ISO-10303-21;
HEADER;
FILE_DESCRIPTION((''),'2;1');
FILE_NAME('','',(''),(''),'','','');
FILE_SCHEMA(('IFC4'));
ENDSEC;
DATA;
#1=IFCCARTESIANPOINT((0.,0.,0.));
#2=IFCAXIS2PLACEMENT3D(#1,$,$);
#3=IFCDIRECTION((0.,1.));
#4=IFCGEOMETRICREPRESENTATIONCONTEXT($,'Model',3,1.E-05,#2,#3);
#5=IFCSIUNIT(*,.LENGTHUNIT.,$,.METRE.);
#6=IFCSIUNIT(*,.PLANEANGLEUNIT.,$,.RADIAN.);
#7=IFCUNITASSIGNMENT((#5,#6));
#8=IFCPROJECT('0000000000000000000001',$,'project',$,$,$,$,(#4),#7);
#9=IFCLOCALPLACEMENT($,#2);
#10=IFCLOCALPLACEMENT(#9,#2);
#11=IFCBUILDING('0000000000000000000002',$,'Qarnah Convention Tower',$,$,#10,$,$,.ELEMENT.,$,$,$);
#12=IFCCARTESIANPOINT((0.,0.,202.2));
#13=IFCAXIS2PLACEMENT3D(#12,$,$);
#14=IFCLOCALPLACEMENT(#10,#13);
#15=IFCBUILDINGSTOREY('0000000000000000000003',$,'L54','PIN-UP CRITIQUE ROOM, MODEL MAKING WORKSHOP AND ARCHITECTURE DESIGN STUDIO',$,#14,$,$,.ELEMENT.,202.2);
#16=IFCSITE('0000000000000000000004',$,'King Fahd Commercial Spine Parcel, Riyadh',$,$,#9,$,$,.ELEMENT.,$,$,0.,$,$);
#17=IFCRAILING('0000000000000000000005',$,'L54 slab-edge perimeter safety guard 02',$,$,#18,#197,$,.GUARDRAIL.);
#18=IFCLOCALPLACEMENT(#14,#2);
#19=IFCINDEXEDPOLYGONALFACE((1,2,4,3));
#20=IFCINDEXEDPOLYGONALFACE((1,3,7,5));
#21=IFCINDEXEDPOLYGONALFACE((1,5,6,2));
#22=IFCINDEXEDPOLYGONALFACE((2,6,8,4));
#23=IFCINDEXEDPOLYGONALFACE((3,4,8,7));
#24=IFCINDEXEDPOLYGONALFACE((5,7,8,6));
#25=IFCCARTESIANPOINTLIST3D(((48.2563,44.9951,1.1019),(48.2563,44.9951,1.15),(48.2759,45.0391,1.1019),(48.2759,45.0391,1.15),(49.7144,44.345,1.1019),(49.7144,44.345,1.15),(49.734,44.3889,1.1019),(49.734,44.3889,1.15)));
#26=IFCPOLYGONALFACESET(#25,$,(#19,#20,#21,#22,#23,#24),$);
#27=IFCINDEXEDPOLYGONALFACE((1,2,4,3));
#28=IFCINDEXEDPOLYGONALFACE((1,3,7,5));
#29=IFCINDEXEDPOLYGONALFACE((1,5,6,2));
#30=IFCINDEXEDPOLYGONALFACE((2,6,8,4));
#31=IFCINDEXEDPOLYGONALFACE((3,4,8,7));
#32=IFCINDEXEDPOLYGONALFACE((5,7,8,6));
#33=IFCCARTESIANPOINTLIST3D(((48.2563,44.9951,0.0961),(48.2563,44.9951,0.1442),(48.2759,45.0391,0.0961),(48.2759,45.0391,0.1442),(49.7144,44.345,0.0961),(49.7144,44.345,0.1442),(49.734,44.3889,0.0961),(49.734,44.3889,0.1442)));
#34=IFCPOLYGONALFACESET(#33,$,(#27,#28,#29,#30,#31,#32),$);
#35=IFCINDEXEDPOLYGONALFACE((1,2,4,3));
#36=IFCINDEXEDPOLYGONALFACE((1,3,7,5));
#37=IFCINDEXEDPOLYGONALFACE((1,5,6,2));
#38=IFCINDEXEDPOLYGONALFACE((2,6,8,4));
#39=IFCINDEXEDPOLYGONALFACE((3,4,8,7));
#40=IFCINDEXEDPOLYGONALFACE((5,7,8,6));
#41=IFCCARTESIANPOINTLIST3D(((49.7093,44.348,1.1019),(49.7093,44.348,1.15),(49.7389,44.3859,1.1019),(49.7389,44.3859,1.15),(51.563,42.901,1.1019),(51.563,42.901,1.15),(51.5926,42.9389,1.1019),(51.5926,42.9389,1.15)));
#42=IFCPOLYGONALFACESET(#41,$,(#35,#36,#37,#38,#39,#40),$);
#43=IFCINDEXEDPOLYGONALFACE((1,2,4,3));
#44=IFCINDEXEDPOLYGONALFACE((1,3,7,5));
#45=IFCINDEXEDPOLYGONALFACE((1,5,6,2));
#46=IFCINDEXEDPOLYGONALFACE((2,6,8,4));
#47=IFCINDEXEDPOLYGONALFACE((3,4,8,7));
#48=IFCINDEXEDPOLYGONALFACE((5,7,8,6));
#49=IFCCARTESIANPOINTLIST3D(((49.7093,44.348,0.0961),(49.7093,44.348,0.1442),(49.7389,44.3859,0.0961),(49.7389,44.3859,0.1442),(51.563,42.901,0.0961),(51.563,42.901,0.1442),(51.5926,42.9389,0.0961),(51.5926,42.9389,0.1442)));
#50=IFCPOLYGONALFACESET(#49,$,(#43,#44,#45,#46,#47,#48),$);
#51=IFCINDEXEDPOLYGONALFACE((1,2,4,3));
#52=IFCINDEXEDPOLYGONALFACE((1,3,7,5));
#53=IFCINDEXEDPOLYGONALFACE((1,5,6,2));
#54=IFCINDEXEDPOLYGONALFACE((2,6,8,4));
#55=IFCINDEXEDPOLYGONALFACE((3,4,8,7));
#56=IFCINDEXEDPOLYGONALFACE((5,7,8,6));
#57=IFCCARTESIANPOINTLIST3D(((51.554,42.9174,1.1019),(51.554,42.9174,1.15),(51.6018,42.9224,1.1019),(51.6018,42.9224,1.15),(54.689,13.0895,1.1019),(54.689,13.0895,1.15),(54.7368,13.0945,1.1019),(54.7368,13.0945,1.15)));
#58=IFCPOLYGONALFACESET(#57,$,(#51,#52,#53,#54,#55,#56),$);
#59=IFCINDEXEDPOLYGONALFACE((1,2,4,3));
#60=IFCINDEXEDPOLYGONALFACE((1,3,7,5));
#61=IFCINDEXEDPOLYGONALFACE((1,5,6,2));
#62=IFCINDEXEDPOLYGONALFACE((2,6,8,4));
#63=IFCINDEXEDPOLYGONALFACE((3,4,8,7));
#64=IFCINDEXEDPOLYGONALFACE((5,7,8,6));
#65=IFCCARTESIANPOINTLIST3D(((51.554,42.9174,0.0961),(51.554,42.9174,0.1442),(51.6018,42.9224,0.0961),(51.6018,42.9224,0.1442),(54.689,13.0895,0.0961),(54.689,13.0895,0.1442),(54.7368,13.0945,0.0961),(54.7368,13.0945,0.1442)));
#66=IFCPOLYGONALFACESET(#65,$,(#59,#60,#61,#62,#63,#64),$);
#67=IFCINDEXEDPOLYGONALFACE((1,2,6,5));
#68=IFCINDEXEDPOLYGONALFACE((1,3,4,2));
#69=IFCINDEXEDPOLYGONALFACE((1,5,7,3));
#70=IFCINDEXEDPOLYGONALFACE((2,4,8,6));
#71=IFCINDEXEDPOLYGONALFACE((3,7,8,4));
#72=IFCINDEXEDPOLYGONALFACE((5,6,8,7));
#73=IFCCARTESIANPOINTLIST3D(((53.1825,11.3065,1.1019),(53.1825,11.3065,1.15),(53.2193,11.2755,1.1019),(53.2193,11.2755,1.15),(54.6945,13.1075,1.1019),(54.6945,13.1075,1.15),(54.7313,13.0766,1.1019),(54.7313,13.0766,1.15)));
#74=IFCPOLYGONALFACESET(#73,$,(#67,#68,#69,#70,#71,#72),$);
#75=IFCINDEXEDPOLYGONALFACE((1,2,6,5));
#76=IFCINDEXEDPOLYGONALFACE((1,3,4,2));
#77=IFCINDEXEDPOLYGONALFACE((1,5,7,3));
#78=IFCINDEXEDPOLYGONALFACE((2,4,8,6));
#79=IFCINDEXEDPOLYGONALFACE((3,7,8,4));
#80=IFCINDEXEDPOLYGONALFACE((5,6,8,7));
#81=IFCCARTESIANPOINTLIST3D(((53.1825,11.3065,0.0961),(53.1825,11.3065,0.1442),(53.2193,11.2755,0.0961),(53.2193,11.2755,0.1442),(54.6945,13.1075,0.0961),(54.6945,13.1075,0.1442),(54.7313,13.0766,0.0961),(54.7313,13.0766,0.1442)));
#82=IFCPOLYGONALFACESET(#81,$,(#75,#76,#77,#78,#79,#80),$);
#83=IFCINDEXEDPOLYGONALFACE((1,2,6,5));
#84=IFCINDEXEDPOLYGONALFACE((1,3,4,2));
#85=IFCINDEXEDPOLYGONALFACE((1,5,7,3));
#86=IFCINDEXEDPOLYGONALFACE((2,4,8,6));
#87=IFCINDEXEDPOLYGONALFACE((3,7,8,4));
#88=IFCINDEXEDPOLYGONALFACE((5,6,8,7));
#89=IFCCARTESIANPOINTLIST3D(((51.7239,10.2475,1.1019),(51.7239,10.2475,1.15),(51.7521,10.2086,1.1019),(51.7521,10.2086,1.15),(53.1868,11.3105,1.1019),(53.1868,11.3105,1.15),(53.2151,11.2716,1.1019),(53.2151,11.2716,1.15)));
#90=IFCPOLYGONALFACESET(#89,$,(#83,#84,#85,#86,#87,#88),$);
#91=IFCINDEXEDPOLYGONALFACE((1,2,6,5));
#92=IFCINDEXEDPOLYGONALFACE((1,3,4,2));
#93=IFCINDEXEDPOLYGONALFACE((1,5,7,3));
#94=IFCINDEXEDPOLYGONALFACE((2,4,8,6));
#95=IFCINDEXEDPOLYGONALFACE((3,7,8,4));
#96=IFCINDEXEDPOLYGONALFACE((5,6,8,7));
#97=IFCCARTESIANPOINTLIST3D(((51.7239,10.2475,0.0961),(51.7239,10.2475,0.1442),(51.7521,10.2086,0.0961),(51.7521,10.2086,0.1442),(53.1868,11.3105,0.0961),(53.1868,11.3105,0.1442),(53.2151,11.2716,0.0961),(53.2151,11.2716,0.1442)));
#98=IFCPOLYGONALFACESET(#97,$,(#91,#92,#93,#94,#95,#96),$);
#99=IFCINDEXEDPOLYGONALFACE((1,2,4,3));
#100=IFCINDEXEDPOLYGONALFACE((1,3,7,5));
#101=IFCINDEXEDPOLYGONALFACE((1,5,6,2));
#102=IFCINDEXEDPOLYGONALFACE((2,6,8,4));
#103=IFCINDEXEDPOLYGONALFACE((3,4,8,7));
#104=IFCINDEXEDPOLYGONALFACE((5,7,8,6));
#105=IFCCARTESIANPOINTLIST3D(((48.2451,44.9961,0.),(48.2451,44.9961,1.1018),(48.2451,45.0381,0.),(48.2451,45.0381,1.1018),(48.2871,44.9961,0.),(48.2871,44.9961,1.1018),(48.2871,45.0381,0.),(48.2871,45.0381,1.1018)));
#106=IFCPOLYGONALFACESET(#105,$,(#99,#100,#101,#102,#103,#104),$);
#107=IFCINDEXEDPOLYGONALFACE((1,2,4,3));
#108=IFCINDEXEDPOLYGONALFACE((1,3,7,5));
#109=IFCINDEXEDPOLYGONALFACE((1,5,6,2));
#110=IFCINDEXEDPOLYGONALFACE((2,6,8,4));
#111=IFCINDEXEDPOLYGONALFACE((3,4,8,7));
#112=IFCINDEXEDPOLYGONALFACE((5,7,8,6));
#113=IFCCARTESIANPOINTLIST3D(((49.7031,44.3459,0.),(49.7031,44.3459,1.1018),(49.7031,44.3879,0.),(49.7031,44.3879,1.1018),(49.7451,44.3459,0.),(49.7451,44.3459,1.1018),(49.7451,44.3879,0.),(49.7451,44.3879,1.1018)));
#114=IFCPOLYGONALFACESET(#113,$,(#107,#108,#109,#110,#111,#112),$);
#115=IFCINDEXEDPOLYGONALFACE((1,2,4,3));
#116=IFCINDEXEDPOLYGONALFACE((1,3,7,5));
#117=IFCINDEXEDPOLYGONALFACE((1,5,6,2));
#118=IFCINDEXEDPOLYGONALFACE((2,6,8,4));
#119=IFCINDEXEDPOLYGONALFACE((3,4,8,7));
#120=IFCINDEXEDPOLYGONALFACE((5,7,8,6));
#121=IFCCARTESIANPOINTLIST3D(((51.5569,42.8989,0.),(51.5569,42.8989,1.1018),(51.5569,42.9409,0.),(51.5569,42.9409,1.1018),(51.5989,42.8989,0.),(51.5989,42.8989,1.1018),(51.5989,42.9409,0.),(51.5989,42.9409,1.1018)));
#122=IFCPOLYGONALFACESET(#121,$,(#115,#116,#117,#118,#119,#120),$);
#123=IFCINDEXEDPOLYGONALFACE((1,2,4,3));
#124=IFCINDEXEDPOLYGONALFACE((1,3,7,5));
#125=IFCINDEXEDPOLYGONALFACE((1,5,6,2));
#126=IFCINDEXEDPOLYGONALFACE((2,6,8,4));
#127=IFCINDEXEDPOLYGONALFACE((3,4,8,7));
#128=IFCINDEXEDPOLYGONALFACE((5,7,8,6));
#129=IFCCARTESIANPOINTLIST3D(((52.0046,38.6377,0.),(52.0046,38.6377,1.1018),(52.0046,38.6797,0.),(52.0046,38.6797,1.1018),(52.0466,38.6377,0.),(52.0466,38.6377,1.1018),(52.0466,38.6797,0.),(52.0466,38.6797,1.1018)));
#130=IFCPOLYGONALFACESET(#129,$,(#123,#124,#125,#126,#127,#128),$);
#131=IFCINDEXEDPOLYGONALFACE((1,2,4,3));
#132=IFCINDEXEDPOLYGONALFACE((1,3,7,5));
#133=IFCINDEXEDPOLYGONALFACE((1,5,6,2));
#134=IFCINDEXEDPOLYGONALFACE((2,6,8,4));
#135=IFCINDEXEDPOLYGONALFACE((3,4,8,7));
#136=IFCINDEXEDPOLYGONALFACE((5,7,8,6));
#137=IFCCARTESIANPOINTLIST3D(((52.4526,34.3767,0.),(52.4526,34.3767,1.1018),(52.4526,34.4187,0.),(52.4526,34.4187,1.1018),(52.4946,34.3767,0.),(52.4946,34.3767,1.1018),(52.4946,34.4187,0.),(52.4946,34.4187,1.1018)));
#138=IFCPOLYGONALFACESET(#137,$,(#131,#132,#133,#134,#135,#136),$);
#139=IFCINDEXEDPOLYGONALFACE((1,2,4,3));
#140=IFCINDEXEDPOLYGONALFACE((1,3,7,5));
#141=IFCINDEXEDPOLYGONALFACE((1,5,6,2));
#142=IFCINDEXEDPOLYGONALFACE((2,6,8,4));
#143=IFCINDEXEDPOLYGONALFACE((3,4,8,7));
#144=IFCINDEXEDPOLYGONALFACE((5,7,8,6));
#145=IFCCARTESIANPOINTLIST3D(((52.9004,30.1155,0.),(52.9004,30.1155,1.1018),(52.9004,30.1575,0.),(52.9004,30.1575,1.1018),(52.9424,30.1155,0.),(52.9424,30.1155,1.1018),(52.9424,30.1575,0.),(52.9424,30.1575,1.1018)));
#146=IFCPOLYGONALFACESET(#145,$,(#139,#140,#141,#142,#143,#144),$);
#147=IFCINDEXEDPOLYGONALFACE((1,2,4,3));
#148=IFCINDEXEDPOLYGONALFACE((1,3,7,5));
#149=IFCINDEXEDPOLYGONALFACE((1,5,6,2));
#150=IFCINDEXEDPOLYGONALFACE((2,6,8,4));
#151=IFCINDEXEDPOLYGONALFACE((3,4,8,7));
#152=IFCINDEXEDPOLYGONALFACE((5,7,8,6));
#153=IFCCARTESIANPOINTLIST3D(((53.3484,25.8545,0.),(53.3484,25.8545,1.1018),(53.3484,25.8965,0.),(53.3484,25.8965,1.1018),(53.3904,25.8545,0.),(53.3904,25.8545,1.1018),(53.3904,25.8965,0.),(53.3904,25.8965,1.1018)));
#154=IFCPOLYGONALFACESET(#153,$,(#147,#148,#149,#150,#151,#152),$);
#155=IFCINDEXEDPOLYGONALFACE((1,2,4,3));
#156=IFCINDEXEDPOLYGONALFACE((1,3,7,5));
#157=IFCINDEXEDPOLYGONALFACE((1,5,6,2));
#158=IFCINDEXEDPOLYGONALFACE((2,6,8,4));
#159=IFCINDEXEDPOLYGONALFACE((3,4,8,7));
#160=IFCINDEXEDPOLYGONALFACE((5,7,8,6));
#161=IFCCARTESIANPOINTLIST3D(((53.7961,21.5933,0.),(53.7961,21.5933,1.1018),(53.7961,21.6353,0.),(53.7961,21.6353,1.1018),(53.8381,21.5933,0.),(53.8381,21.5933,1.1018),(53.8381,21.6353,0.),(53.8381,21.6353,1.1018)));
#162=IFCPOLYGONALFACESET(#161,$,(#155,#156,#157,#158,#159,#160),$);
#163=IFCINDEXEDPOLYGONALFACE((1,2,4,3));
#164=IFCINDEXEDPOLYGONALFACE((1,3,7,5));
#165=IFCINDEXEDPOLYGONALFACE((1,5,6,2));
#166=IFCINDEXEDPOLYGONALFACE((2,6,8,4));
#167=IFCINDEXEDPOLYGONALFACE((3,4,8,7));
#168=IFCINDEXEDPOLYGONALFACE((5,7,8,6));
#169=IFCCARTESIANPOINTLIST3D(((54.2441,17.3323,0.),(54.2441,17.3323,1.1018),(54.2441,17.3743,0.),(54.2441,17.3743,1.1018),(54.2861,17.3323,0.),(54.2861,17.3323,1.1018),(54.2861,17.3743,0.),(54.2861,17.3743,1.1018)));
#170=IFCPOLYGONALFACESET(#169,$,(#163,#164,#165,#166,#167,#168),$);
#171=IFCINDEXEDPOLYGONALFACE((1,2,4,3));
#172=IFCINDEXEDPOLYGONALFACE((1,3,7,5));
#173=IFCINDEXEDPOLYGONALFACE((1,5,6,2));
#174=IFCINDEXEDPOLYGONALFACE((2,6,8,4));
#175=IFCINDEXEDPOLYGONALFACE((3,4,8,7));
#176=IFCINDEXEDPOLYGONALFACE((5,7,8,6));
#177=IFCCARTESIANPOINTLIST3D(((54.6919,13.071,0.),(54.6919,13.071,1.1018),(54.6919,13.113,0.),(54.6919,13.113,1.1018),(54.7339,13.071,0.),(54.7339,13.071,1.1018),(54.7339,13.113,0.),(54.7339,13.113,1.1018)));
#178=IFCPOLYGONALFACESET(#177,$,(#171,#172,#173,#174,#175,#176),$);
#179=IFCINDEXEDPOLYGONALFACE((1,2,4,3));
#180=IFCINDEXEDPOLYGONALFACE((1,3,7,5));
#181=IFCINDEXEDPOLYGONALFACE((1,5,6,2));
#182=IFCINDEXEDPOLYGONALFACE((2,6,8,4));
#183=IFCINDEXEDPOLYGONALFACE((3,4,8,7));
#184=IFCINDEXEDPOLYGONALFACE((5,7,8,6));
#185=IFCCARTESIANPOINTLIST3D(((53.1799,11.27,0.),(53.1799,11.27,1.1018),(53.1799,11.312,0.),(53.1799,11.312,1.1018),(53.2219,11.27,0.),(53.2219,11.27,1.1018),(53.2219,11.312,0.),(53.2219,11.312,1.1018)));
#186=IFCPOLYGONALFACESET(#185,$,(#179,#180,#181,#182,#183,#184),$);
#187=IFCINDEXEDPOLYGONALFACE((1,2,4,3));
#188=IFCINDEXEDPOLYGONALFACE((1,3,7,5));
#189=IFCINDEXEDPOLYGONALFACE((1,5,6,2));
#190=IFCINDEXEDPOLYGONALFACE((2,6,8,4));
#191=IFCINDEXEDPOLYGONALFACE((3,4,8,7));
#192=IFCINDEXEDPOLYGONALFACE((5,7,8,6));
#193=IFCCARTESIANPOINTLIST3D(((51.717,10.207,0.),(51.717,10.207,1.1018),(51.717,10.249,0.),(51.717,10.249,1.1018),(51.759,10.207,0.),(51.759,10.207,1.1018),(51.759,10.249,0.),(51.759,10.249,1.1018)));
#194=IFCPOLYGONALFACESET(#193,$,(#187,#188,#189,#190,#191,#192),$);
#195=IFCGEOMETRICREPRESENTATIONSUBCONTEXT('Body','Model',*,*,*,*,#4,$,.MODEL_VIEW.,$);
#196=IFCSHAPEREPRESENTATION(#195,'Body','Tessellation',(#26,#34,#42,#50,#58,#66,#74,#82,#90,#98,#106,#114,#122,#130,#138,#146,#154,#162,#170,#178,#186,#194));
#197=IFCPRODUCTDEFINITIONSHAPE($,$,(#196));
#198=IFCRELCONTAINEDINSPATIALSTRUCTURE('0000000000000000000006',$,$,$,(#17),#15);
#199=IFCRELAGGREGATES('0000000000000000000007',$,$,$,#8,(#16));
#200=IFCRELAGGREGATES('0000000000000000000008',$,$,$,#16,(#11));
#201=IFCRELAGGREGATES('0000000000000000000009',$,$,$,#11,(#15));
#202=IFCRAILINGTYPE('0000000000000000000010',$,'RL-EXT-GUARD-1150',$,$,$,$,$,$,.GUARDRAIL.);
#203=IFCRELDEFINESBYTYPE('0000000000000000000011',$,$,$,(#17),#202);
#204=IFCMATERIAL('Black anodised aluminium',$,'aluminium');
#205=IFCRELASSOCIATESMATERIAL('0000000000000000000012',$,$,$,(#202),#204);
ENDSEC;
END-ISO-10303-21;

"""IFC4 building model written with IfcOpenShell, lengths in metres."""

from ifc_helpers import new_model, si_unit, direction, frame, origin, origin_2d, place, context, subcontext, project, spatial, rectangle, extrude, material, type_object, element, save


model = new_model("IFC4")

# Units and contexts
model_context = context("Model", 3, precision=1e-05, world=origin(), true_north=direction((0.0, 1.0)))
body_context = subcontext(model_context, "Body", "Model", "MODEL_VIEW")
ifc_project = project(units=[si_unit("LENGTHUNIT", "METRE"), si_unit("PLANEANGLEUNIT", "RADIAN")], contexts=[model_context])

# Site, building, storey
site_placement = place(None, origin())
site = spatial("IfcSite", under=ifc_project, at=site_placement, Name="King Fahd Commercial Spine Parcel, Riyadh", CompositionType="ELEMENT", RefElevation=0.0)
building_placement = place(site_placement, origin())
building = spatial("IfcBuilding", under=site, at=building_placement, Name="Qarnah Convention Tower", CompositionType="ELEMENT")
storey_placement = place(building_placement, frame((0.0, 0.0, 202.2)))
storey = spatial("IfcBuildingStorey", under=building, at=storey_placement, Name="L54", Description="PIN-UP CRITIQUE ROOM, MODEL MAKING WORKSHOP AND ARCHITECTURE DESIGN STUDIO", CompositionType="ELEMENT", Elevation=202.2)

# Shared definitions
ifc_material_1 = material(Name="Black anodised aluminium", Category="aluminium")

# Railing
railing_type = type_object("IfcRailingType", Name="RL-EXT-GUARD-1150", PredefinedType="GUARDRAIL", material=ifc_material_1)
railing_1_placement = place(storey_placement, frame((48.2661, 45.0171, 0.0)))
element("IfcRailing", 1, at=railing_1_placement, inside=storey, type_object=railing_type, Name="L54 slab-edge perimeter safety guard 02", PredefinedType="GUARDRAIL", context=body_context, shape_type="SweptSolid", body=[
    extrude(rectangle(XDim=0.0481, YDim=0.0481, at=origin_2d()), frame((0.0, 0.0, 1.126), z_axis=(0.913313, -0.407259, 0.0), x_axis=(0.407259, 0.913313, 0.0)), (0.0, 0.0, 1.0), 1.5964),
    extrude(rectangle(XDim=0.0481, YDim=0.0481, at=origin_2d()), frame((0.0, 0.0, 0.1201), z_axis=(0.913313, -0.407259, 0.0), x_axis=(0.407259, 0.913313, 0.0)), (0.0, 0.0, 1.0), 1.5964),
    extrude(rectangle(XDim=0.0481, YDim=0.0481, at=origin_2d()), frame((1.458, -0.6501, 1.126), z_axis=(0.788278, -0.61532, 0.0), x_axis=(0.61532, 0.788278, 0.0)), (0.0, 0.0, 1.0), 2.3516),
    extrude(rectangle(XDim=0.0481, YDim=0.0481, at=origin_2d()), frame((1.458, -0.6501, 0.1201), z_axis=(0.788278, -0.61532, 0.0), x_axis=(0.61532, 0.788278, 0.0)), (0.0, 0.0, 1.0), 2.3516),
    extrude(rectangle(XDim=0.0481, YDim=0.0481, at=origin_2d()), frame((3.3118, -2.0972, 1.126), z_axis=(0.104528, -0.994522, 0.0), x_axis=(0.994522, 0.104528, 0.0)), (0.0, 0.0, 1.0), 29.9922),
    extrude(rectangle(XDim=0.0481, YDim=0.0481, at=origin_2d()), frame((3.3118, -2.0972, 0.1201), z_axis=(0.104528, -0.994522, 0.0), x_axis=(0.994522, 0.104528, 0.0)), (0.0, 0.0, 1.0), 29.9922),
    extrude(rectangle(XDim=0.0481, YDim=0.0481, at=origin_2d()), frame((6.4468, -31.925, 1.126), z_axis=(-0.642968, -0.765893, 0.0), x_axis=(0.765893, -0.642968, 0.0)), (0.0, 0.0, 1.0), 2.3516),
    extrude(rectangle(XDim=0.0481, YDim=0.0481, at=origin_2d()), frame((6.4468, -31.925, 0.1201), z_axis=(-0.642968, -0.765893, 0.0), x_axis=(0.765893, -0.642968, 0.0)), (0.0, 0.0, 1.0), 2.3516),
    extrude(rectangle(XDim=0.0481, YDim=0.0481, at=origin_2d()), frame((4.9348, -33.7261, 1.126), z_axis=(-0.808981, -0.587834, 0.0), x_axis=(0.587834, -0.808981, 0.0)), (0.0, 0.0, 1.0), 1.8083),
    extrude(rectangle(XDim=0.0481, YDim=0.0481, at=origin_2d()), frame((4.9348, -33.7261, 0.1201), z_axis=(-0.808981, -0.587834, 0.0), x_axis=(0.587834, -0.808981, 0.0)), (0.0, 0.0, 1.0), 1.8083),
    extrude(rectangle(XDim=0.042, YDim=0.042, at=origin_2d()), origin(), (0.0, 0.0, 1.0), 1.1018),
    extrude(rectangle(XDim=0.042, YDim=0.042, at=origin_2d()), frame((1.458, -0.6501, 0.0)), (0.0, 0.0, 1.0), 1.1018),
    extrude(rectangle(XDim=0.042, YDim=0.042, at=origin_2d()), frame((3.3118, -2.0972, 0.0)), (0.0, 0.0, 1.0), 1.1018),
    extrude(rectangle(XDim=0.042, YDim=0.042, at=origin_2d()), frame((3.7595, -6.3584, 0.0)), (0.0, 0.0, 1.0), 1.1018),
    extrude(rectangle(XDim=0.042, YDim=0.042, at=origin_2d()), frame((4.2075, -10.6194, 0.0)), (0.0, 0.0, 1.0), 1.1018),
    extrude(rectangle(XDim=0.042, YDim=0.042, at=origin_2d()), frame((4.6553, -14.8806, 0.0)), (0.0, 0.0, 1.0), 1.1018),
    extrude(rectangle(XDim=0.042, YDim=0.042, at=origin_2d()), frame((5.1033, -19.1416, 0.0)), (0.0, 0.0, 1.0), 1.1018),
    extrude(rectangle(XDim=0.042, YDim=0.042, at=origin_2d()), frame((5.551, -23.4028, 0.0)), (0.0, 0.0, 1.0), 1.1018),
    extrude(rectangle(XDim=0.042, YDim=0.042, at=origin_2d()), frame((5.999, -27.6638, 0.0)), (0.0, 0.0, 1.0), 1.1018),
    extrude(rectangle(XDim=0.042, YDim=0.042, at=origin_2d()), frame((6.4468, -31.925, 0.0)), (0.0, 0.0, 1.0), 1.1018),
    extrude(rectangle(XDim=0.042, YDim=0.042, at=origin_2d()), frame((4.9348, -33.7261, 0.0)), (0.0, 0.0, 1.0), 1.1018),
    extrude(rectangle(XDim=0.042, YDim=0.042, at=origin_2d()), frame((3.4719, -34.7891, 0.0)), (0.0, 0.0, 1.0), 1.1018),
])

save(model, "model.ifc")
